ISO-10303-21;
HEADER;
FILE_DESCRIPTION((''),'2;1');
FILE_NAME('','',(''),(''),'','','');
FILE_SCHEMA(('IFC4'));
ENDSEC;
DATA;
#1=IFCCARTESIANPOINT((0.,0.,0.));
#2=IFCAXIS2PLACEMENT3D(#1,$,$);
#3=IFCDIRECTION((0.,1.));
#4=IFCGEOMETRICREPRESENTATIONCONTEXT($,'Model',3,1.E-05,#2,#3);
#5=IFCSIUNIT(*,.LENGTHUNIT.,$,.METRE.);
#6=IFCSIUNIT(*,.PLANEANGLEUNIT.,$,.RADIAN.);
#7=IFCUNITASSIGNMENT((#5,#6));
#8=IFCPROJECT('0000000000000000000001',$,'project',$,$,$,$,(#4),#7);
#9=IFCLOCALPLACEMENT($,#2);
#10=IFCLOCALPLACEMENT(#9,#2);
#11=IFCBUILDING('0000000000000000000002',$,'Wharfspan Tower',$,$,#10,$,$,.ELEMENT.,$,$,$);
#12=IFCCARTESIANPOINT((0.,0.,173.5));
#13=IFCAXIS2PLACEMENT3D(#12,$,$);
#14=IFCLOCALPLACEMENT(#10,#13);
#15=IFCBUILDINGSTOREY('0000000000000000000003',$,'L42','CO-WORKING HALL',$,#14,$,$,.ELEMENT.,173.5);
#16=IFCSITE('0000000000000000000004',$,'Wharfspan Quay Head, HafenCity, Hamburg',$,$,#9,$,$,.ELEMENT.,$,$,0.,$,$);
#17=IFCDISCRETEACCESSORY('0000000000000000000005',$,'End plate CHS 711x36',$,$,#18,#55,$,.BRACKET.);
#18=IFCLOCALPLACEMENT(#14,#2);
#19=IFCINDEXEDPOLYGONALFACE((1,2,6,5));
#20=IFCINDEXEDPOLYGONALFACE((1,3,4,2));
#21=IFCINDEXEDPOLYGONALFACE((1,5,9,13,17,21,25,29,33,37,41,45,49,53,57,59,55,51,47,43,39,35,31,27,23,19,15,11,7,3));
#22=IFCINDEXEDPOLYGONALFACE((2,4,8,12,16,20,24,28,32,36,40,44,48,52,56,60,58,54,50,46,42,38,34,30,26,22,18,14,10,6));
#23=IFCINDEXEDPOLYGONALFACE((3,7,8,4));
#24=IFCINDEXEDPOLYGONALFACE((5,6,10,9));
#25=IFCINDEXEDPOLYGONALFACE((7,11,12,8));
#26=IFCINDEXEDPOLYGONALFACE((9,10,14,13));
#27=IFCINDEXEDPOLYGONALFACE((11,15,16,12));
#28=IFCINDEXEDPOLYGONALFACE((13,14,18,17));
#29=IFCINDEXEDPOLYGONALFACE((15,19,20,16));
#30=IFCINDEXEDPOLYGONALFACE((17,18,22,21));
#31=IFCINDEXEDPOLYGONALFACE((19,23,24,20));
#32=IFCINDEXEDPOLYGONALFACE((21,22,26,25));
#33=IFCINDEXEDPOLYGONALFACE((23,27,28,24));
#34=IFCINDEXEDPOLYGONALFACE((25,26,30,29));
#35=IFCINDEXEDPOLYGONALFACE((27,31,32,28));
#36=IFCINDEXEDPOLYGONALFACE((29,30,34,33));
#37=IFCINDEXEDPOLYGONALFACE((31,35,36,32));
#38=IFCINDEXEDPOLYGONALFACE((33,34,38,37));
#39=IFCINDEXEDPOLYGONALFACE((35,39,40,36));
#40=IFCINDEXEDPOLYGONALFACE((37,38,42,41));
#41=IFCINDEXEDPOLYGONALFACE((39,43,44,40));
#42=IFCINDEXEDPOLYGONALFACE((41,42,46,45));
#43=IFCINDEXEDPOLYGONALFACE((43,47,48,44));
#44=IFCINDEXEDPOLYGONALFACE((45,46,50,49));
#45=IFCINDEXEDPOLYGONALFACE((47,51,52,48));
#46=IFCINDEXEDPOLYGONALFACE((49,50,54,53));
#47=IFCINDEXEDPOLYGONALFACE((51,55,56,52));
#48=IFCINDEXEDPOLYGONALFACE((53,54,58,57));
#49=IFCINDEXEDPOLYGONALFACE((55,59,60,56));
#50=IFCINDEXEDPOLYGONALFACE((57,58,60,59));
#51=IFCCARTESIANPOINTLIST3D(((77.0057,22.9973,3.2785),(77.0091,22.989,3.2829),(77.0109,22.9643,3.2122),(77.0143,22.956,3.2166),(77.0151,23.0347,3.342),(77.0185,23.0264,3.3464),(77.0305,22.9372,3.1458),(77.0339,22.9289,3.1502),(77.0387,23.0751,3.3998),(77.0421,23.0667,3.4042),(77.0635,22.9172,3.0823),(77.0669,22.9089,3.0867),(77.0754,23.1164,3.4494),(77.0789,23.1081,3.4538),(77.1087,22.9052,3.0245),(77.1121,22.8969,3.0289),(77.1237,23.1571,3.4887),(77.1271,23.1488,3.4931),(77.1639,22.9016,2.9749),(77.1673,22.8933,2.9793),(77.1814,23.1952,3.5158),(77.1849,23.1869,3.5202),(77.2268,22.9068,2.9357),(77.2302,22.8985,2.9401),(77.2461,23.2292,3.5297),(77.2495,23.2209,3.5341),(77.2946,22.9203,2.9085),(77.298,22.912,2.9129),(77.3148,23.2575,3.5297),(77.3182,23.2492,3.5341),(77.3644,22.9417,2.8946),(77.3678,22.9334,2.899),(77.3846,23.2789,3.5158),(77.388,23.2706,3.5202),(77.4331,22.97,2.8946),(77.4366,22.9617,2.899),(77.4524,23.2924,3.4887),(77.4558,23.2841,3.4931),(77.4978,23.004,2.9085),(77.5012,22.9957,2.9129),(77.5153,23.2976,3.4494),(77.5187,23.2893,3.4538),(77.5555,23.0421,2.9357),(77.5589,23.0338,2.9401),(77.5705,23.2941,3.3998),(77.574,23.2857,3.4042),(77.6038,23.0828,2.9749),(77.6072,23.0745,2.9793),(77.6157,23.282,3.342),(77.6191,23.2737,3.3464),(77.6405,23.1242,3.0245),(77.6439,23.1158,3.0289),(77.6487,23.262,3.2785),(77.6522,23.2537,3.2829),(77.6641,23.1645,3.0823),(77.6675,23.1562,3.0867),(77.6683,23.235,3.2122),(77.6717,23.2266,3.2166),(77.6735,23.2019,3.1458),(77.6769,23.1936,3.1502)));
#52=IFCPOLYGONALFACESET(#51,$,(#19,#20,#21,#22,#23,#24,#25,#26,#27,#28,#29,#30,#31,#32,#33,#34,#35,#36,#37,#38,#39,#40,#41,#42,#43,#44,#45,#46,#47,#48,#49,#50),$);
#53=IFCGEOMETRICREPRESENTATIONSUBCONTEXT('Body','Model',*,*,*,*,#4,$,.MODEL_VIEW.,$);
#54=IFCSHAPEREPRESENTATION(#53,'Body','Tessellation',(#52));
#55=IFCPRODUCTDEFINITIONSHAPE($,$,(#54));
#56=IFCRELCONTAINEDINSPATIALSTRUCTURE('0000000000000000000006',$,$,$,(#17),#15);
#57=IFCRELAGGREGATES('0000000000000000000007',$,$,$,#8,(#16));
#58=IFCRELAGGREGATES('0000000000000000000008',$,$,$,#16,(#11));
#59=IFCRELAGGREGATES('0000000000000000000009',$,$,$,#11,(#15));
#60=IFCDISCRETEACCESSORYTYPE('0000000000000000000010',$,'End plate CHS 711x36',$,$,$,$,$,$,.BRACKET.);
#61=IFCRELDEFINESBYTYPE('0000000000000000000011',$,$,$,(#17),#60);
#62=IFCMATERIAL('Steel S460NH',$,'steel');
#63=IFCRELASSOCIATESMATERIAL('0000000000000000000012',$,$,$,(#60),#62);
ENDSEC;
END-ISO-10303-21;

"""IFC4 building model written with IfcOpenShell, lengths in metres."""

from ifc_helpers import new_model, si_unit, direction, frame, origin, origin_2d, place, context, subcontext, project, spatial, circle, extrude, material, material_profile, profile_set, type_object, element, save


model = new_model("IFC4")

# Units and contexts
model_context = context("Model", 3, precision=1e-05, world=origin(), true_north=direction((0.0, 1.0)))
body_context = subcontext(model_context, "Body", "Model", "MODEL_VIEW")
ifc_project = project(units=[si_unit("LENGTHUNIT", "METRE"), si_unit("PLANEANGLEUNIT", "RADIAN")], contexts=[model_context])

# Site, building, storey
site_placement = place(None, origin())
site = spatial("IfcSite", under=ifc_project, at=site_placement, Name="Wharfspan Quay Head, HafenCity, Hamburg", CompositionType="ELEMENT", RefElevation=0.0)
building_placement = place(site_placement, origin())
building = spatial("IfcBuilding", under=site, at=building_placement, Name="Wharfspan Tower", CompositionType="ELEMENT")
storey_placement = place(building_placement, frame((0.0, 0.0, 173.5)))
storey = spatial("IfcBuildingStorey", under=building, at=storey_placement, Name="L42", Description="CO-WORKING HALL", CompositionType="ELEMENT", Elevation=173.5)

# Shared definitions
ifc_material_1 = material(Name="Steel S460NH", Category="steel")

# Discrete accessory
ifc_material_profile_1 = material_profile(ifc_material_1, circle(Radius=0.3555, at=origin_2d()))
ifc_profile_set_1 = profile_set([ifc_material_profile_1], Name="Steel S460NH")
discrete_accessory_type = type_object("IfcDiscreteAccessoryType", Name="End plate CHS 711x36", PredefinedType="BRACKET", material=ifc_profile_set_1)
for number, where, z_axis, x_axis, name in (
    (1, (77.3396, 23.0996, 3.2122), (0.341972, -0.830504, 0.439679), (0.924678, 0.380749, -0.000001), "End plate CHS 711x36"),
):
    element("IfcDiscreteAccessory", number, at=place(storey_placement, frame(where, z_axis=z_axis, x_axis=x_axis)), inside=storey, type_object=discrete_accessory_type, Name=name, PredefinedType="BRACKET", context=body_context, shape_type="SweptSolid", body=[
        extrude(circle(Radius=0.3555, at=origin_2d()), origin(), (0.0, 0.0, 1.0), 0.01),
    ])

save(model, "model.ifc")
